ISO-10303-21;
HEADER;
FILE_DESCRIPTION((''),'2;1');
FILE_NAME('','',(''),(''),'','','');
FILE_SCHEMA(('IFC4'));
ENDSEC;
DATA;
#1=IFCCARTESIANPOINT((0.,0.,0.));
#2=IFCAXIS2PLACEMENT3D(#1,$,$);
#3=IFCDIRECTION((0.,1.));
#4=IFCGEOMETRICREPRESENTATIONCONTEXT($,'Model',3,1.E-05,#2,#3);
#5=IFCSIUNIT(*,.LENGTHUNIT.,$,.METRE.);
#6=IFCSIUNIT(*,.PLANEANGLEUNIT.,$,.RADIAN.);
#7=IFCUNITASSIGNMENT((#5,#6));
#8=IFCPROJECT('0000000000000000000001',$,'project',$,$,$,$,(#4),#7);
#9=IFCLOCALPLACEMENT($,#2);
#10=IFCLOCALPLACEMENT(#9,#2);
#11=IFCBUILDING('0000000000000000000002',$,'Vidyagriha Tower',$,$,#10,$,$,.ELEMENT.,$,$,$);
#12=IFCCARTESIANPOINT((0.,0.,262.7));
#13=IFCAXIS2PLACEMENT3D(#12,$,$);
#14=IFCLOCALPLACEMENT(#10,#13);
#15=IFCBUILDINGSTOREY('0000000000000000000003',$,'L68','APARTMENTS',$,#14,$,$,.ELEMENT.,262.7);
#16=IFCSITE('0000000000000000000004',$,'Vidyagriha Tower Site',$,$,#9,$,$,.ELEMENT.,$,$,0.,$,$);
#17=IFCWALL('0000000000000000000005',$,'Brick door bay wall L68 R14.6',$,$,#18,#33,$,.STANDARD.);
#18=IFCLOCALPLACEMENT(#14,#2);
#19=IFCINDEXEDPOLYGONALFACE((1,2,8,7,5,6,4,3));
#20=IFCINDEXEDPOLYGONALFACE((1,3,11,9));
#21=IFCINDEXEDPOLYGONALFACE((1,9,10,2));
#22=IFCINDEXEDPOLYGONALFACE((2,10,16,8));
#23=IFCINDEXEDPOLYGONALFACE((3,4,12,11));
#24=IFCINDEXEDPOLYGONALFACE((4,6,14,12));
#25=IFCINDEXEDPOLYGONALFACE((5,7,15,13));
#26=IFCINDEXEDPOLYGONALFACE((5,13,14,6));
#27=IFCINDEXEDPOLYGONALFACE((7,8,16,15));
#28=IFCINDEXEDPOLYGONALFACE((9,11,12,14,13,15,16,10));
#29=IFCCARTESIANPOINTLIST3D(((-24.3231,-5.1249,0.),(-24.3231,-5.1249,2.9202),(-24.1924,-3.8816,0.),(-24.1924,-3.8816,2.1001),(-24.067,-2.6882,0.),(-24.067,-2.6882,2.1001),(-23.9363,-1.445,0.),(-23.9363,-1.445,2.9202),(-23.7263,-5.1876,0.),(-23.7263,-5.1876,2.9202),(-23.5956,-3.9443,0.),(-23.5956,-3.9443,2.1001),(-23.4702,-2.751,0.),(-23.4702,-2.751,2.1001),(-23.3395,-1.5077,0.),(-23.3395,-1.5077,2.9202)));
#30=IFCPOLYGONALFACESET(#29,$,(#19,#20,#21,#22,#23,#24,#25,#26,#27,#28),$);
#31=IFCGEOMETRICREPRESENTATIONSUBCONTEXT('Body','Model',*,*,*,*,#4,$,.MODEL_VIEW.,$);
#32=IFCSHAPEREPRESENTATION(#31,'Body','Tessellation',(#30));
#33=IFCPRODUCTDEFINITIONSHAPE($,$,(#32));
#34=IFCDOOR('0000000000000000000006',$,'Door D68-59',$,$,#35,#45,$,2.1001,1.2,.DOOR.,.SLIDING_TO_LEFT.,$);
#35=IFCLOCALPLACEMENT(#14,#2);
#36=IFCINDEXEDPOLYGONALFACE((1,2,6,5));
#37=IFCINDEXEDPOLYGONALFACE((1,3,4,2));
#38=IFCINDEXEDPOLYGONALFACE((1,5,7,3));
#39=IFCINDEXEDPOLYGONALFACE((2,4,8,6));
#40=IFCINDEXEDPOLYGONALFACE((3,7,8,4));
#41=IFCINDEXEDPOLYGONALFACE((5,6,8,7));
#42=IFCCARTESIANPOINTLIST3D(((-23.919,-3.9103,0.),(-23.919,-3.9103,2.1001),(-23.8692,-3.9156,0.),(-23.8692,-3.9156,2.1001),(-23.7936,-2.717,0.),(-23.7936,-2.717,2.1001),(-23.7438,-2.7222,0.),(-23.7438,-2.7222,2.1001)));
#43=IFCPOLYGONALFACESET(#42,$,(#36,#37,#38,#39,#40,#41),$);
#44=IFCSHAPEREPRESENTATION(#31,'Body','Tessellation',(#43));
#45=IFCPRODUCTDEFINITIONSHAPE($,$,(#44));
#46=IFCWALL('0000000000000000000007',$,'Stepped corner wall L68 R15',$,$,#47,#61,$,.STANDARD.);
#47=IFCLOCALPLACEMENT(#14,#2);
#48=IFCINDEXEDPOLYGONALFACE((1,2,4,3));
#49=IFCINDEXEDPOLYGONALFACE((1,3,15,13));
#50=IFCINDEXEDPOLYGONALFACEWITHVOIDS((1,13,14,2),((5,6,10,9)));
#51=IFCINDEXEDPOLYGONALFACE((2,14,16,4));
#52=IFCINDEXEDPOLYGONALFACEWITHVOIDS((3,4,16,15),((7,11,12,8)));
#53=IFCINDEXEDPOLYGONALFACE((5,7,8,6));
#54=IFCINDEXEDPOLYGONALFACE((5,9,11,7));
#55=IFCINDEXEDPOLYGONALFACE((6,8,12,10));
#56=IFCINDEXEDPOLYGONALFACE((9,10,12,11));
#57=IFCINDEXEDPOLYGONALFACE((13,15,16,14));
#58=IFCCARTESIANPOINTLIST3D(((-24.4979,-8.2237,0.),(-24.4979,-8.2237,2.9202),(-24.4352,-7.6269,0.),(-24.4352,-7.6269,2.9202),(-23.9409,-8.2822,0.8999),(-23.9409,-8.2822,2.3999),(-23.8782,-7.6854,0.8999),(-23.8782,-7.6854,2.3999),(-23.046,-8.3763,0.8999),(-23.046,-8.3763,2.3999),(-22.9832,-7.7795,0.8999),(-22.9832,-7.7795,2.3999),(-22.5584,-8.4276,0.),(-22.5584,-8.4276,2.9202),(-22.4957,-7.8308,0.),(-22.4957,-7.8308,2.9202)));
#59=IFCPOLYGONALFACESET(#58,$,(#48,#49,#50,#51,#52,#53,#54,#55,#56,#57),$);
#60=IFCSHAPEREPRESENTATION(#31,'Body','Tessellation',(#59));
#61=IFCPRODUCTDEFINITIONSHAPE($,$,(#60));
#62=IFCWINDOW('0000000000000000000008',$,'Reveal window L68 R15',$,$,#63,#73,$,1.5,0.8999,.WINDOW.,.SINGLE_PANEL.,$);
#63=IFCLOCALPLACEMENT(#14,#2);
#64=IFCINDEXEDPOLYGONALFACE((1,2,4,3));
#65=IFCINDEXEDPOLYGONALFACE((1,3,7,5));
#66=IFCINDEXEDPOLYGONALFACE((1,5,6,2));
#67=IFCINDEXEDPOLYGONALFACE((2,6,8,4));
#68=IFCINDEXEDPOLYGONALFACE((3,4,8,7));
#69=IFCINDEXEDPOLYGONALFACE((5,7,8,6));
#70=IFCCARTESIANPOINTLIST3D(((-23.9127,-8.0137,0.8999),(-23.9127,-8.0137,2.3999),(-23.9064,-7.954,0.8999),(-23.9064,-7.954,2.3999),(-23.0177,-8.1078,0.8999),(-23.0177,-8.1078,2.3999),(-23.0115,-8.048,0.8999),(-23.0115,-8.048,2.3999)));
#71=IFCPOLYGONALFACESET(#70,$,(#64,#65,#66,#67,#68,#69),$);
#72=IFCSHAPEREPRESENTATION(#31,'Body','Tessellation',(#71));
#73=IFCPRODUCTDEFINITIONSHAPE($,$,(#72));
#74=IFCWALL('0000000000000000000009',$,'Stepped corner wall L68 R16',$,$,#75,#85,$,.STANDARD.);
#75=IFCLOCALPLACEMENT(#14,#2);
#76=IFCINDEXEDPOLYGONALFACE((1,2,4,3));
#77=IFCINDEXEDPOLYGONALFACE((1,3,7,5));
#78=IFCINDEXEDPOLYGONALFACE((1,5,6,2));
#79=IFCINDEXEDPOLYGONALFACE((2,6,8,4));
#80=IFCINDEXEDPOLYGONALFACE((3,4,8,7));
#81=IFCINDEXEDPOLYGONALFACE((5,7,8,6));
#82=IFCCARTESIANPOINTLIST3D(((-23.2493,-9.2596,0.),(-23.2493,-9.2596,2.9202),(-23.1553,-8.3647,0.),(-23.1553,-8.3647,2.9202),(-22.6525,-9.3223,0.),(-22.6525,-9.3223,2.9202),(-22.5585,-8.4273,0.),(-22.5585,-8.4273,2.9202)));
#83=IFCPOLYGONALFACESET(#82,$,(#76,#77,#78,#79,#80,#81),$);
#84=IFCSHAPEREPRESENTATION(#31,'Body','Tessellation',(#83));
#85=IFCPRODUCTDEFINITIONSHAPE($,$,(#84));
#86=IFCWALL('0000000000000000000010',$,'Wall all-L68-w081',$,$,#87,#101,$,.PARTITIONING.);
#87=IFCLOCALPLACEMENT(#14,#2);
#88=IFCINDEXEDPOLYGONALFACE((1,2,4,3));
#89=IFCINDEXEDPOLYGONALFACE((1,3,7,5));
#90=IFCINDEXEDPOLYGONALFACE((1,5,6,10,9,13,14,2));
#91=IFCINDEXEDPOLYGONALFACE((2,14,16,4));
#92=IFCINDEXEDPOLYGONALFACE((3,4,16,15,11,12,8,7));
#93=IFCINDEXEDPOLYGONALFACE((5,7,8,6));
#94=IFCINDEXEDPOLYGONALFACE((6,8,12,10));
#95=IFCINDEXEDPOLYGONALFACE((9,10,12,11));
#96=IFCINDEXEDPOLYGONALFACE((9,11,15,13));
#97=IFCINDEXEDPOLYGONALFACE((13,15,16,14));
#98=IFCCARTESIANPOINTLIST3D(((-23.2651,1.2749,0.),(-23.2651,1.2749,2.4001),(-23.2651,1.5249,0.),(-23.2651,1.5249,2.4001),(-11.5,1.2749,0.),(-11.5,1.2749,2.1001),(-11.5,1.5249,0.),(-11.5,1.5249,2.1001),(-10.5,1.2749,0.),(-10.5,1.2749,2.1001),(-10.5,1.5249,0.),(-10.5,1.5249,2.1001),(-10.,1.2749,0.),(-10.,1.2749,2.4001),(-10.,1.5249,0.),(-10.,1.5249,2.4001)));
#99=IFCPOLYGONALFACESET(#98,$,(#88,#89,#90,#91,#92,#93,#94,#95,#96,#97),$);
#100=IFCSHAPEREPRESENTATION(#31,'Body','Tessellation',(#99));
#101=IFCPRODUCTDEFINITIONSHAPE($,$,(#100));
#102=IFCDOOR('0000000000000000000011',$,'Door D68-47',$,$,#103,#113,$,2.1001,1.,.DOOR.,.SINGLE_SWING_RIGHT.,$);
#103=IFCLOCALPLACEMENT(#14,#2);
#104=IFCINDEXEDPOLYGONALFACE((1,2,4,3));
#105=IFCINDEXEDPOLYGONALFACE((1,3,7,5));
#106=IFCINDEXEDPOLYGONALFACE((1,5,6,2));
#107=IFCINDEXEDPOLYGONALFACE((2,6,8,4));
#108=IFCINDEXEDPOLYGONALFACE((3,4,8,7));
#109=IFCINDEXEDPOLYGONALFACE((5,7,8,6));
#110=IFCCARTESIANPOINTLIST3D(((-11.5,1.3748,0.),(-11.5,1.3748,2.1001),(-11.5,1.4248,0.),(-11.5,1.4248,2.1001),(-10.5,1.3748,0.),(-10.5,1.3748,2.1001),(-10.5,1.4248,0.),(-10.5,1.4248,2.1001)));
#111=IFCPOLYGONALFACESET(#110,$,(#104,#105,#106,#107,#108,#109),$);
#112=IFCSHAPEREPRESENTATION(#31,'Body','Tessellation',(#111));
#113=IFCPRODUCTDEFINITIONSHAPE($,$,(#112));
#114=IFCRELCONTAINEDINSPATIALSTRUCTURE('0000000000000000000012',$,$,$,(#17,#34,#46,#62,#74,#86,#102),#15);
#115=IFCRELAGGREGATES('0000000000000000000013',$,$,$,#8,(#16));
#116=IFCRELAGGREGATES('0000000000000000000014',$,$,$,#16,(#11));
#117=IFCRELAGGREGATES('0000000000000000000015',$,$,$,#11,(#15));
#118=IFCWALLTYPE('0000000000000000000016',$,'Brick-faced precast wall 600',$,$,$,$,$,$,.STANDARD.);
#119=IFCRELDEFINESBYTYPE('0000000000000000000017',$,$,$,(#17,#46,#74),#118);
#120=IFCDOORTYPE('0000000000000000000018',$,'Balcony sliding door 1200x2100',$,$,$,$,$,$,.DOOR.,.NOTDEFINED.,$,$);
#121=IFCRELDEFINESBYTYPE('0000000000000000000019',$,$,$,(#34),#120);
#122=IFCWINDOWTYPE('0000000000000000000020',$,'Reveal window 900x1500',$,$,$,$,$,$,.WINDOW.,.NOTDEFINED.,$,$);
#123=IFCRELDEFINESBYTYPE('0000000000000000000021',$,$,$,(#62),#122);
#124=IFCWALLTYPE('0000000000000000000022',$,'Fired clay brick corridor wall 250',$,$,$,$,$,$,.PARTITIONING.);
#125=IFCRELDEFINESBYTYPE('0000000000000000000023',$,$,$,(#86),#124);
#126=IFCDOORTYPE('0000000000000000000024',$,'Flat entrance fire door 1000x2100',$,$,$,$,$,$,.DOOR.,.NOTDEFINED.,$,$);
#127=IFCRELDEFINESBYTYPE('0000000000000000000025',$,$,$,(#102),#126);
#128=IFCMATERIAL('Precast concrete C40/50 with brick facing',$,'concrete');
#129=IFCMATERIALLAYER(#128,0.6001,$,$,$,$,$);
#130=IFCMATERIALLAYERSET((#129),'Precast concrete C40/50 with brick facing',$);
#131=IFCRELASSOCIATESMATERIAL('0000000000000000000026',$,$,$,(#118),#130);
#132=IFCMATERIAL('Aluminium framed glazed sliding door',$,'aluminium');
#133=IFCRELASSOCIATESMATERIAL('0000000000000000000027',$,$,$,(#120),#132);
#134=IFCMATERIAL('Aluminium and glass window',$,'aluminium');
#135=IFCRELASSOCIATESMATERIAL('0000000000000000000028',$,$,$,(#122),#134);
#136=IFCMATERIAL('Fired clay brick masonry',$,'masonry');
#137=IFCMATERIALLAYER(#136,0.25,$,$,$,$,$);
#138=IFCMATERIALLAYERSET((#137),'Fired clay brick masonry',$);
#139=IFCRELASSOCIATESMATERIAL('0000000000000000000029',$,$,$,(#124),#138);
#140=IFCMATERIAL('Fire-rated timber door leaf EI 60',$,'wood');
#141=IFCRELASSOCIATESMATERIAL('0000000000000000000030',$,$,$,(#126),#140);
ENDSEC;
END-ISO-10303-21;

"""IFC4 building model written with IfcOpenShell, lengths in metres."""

from ifc_helpers import new_model, si_unit, direction, frame, frame_2d, origin, place, context, subcontext, project, spatial, rectangle, extrude, material, layer, layer_set, type_object, element, fill, save


model = new_model("IFC4")

# Units and contexts
model_context = context("Model", 3, precision=1e-05, world=origin(), true_north=direction((0.0, 1.0)))
body_context = subcontext(model_context, "Body", "Model", "MODEL_VIEW")
ifc_project = project(units=[si_unit("LENGTHUNIT", "METRE"), si_unit("PLANEANGLEUNIT", "RADIAN")], contexts=[model_context])

# Site, building, storey
site_placement = place(None, origin())
site = spatial("IfcSite", under=ifc_project, at=site_placement, Name="Vidyagriha Tower Site", CompositionType="ELEMENT", RefElevation=0.0)
building_placement = place(site_placement, origin())
building = spatial("IfcBuilding", under=site, at=building_placement, Name="Vidyagriha Tower", CompositionType="ELEMENT")
storey_placement = place(building_placement, frame((0.0, 0.0, 262.7)))
storey = spatial("IfcBuildingStorey", under=building, at=storey_placement, Name="L68", Description="APARTMENTS", CompositionType="ELEMENT", Elevation=262.7)

# Wall, opening, door
ifc_material_1 = material(Name="Precast concrete C40/50 with brick facing", Category="concrete")
ifc_layer_1 = layer(ifc_material_1, 0.6001)
ifc_layer_set_1 = layer_set([ifc_layer_1], Name="Precast concrete C40/50 with brick facing")
wall_type_1 = type_object("IfcWallType", Name="Brick-faced precast wall 600", PredefinedType="STANDARD", material=ifc_layer_set_1)
wall_1_placement = place(storey_placement, frame((-23.6379, -1.4763, 0.0), z_axis=(0.0, 0.0, 1.0), x_axis=(-0.104513, -0.994524, 0.0)))
wall_1 = element("IfcWall", 1, at=wall_1_placement, inside=storey, type_object=wall_type_1, Name="Brick door bay wall L68 R14.6", PredefinedType="STANDARD", context=body_context, shape_type="SweptSolid", body=[
    extrude(rectangle(XDim=3.7002, YDim=0.6001, at=frame_2d((1.8501, 0.0))), origin(), (0.0, 0.0, 1.0), 2.9202),
])
opening_1_placement = place(wall_1_placement, frame((1.25, 0.0, 0.0)))
opening_1 = element("IfcOpeningElement", 2, at=opening_1_placement, cuts=wall_1, PredefinedType="OPENING", context=body_context, shape_type="SweptSolid", body=[
    extrude(rectangle(XDim=1.2, YDim=2.1001, at=frame_2d((0.6001, 1.05))), frame((0.0, 0.3101, 0.0), z_axis=(0.0, -1.0, 0.0), x_axis=(1.0, 0.0, 0.0)), (0.0, 0.0, 1.0), 0.6201),
])
ifc_material_2 = material(Name="Aluminium framed glazed sliding door", Category="aluminium")
door_type_1 = type_object("IfcDoorType", Name="Balcony sliding door 1200x2100", OperationType="NOTDEFINED", PredefinedType="DOOR", material=ifc_material_2)
door_1_placement = place(opening_1_placement, origin())
door_1 = element("IfcDoor", 3, at=door_1_placement, inside=storey, type_object=door_type_1, Name="Door D68-59", OperationType="SLIDING_TO_LEFT", OverallHeight=2.1001, OverallWidth=1.2, PredefinedType="DOOR", context=body_context, shape_type="SweptSolid", body=[
    extrude(rectangle(XDim=1.2, YDim=2.1001, at=frame_2d((0.6001, 1.05))), frame((0.0, 0.0249, 0.0), z_axis=(0.0, -1.0, 0.0), x_axis=(1.0, 0.0, 0.0)), (0.0, 0.0, 1.0), 0.05),
])
fill(opening_1, door_1)

# Wall, opening, window
wall_2_placement = place(storey_placement, frame((-24.4666, -7.9253, 0.0), z_axis=(0.0, 0.0, 1.0), x_axis=(0.994521, -0.104535, 0.0)))
wall_2 = element("IfcWall", 4, at=wall_2_placement, inside=storey, type_object=wall_type_1, Name="Stepped corner wall L68 R15", PredefinedType="STANDARD", context=body_context, shape_type="SweptSolid", body=[
    extrude(rectangle(XDim=1.9502, YDim=0.6001, at=frame_2d((0.9751, 0.0))), origin(), (0.0, 0.0, 1.0), 2.9202),
])
opening_2_placement = place(wall_2_placement, frame((0.5601, 0.0, 0.8999)))
opening_2 = element("IfcOpeningElement", 5, at=opening_2_placement, cuts=wall_2, PredefinedType="OPENING", context=body_context, shape_type="SweptSolid", body=[
    extrude(rectangle(XDim=0.8999, YDim=1.5, at=frame_2d((0.45, 0.75))), frame((0.0, 0.3101, 0.0), z_axis=(0.0, -1.0, 0.0), x_axis=(1.0, 0.0, 0.0)), (0.0, 0.0, 1.0), 0.6201),
])
ifc_material_3 = material(Name="Aluminium and glass window", Category="aluminium")
window_type = type_object("IfcWindowType", Name="Reveal window 900x1500", PartitioningType="NOTDEFINED", PredefinedType="WINDOW", material=ifc_material_3)
window_placement = place(opening_2_placement, origin())
window = element("IfcWindow", 6, at=window_placement, inside=storey, type_object=window_type, Name="Reveal window L68 R15", OverallHeight=1.5, OverallWidth=0.8999, PartitioningType="SINGLE_PANEL", PredefinedType="WINDOW", context=body_context, shape_type="SweptSolid", body=[
    extrude(rectangle(XDim=0.8999, YDim=1.5, at=frame_2d((0.45, 0.75))), frame((0.0, 0.03, 0.0), z_axis=(0.0, -1.0, 0.0), x_axis=(1.0, 0.0, 0.0)), (0.0, 0.0, 1.0), 0.0601),
])
fill(opening_2, window)

# Wall
wall_3_placement = place(storey_placement, frame((-22.8569, -8.396, 0.0), z_axis=(0.0, 0.0, 1.0), x_axis=(-0.104445, -0.994531, 0.0)))
element("IfcWall", 7, at=wall_3_placement, inside=storey, type_object=wall_type_1, Name="Stepped corner wall L68 R16", PredefinedType="STANDARD", context=body_context, shape_type="SweptSolid", body=[
    extrude(rectangle(XDim=0.8999, YDim=0.6001, at=frame_2d((0.45, 0.0))), origin(), (0.0, 0.0, 1.0), 2.9202),
])

# Wall, opening, door
ifc_material_4 = material(Name="Fired clay brick masonry", Category="masonry")
ifc_layer_2 = layer(ifc_material_4, 0.25)
ifc_layer_set_2 = layer_set([ifc_layer_2], Name="Fired clay brick masonry")
wall_type_2 = type_object("IfcWallType", Name="Fired clay brick corridor wall 250", PredefinedType="PARTITIONING", material=ifc_layer_set_2)
wall_4_placement = place(storey_placement, frame((-23.2651, 1.3999, 0.0)))
wall_4 = element("IfcWall", 8, at=wall_4_placement, inside=storey, type_object=wall_type_2, Name="Wall all-L68-w081", PredefinedType="PARTITIONING", context=body_context, shape_type="SweptSolid", body=[
    extrude(rectangle(XDim=13.2651, YDim=0.25, at=frame_2d((6.6326, 0.0))), origin(), (0.0, 0.0, 1.0), 2.4001),
])
opening_3_placement = place(wall_4_placement, frame((11.7651, 0.0, 0.0)))
opening_3 = element("IfcOpeningElement", 9, at=opening_3_placement, cuts=wall_4, PredefinedType="OPENING", context=body_context, shape_type="SweptSolid", body=[
    extrude(rectangle(XDim=1.0, YDim=2.1001, at=frame_2d((0.5, 1.05))), frame((0.0, 0.135, 0.0), z_axis=(0.0, -1.0, 0.0), x_axis=(1.0, 0.0, 0.0)), (0.0, 0.0, 1.0), 0.27),
])
ifc_material_5 = material(Name="Fire-rated timber door leaf EI 60", Category="wood")
door_type_2 = type_object("IfcDoorType", Name="Flat entrance fire door 1000x2100", OperationType="NOTDEFINED", PredefinedType="DOOR", material=ifc_material_5)
door_2_placement = place(opening_3_placement, origin())
door_2 = element("IfcDoor", 10, at=door_2_placement, inside=storey, type_object=door_type_2, Name="Door D68-47", OperationType="SINGLE_SWING_RIGHT", OverallHeight=2.1001, OverallWidth=1.0, PredefinedType="DOOR", context=body_context, shape_type="SweptSolid", body=[
    extrude(rectangle(XDim=1.0, YDim=2.1001, at=frame_2d((0.5, 1.05))), frame((0.0, 0.0249, 0.0), z_axis=(0.0, -1.0, 0.0), x_axis=(1.0, 0.0, 0.0)), (0.0, 0.0, 1.0), 0.05),
])
fill(opening_3, door_2)

save(model, "model.ifc")
